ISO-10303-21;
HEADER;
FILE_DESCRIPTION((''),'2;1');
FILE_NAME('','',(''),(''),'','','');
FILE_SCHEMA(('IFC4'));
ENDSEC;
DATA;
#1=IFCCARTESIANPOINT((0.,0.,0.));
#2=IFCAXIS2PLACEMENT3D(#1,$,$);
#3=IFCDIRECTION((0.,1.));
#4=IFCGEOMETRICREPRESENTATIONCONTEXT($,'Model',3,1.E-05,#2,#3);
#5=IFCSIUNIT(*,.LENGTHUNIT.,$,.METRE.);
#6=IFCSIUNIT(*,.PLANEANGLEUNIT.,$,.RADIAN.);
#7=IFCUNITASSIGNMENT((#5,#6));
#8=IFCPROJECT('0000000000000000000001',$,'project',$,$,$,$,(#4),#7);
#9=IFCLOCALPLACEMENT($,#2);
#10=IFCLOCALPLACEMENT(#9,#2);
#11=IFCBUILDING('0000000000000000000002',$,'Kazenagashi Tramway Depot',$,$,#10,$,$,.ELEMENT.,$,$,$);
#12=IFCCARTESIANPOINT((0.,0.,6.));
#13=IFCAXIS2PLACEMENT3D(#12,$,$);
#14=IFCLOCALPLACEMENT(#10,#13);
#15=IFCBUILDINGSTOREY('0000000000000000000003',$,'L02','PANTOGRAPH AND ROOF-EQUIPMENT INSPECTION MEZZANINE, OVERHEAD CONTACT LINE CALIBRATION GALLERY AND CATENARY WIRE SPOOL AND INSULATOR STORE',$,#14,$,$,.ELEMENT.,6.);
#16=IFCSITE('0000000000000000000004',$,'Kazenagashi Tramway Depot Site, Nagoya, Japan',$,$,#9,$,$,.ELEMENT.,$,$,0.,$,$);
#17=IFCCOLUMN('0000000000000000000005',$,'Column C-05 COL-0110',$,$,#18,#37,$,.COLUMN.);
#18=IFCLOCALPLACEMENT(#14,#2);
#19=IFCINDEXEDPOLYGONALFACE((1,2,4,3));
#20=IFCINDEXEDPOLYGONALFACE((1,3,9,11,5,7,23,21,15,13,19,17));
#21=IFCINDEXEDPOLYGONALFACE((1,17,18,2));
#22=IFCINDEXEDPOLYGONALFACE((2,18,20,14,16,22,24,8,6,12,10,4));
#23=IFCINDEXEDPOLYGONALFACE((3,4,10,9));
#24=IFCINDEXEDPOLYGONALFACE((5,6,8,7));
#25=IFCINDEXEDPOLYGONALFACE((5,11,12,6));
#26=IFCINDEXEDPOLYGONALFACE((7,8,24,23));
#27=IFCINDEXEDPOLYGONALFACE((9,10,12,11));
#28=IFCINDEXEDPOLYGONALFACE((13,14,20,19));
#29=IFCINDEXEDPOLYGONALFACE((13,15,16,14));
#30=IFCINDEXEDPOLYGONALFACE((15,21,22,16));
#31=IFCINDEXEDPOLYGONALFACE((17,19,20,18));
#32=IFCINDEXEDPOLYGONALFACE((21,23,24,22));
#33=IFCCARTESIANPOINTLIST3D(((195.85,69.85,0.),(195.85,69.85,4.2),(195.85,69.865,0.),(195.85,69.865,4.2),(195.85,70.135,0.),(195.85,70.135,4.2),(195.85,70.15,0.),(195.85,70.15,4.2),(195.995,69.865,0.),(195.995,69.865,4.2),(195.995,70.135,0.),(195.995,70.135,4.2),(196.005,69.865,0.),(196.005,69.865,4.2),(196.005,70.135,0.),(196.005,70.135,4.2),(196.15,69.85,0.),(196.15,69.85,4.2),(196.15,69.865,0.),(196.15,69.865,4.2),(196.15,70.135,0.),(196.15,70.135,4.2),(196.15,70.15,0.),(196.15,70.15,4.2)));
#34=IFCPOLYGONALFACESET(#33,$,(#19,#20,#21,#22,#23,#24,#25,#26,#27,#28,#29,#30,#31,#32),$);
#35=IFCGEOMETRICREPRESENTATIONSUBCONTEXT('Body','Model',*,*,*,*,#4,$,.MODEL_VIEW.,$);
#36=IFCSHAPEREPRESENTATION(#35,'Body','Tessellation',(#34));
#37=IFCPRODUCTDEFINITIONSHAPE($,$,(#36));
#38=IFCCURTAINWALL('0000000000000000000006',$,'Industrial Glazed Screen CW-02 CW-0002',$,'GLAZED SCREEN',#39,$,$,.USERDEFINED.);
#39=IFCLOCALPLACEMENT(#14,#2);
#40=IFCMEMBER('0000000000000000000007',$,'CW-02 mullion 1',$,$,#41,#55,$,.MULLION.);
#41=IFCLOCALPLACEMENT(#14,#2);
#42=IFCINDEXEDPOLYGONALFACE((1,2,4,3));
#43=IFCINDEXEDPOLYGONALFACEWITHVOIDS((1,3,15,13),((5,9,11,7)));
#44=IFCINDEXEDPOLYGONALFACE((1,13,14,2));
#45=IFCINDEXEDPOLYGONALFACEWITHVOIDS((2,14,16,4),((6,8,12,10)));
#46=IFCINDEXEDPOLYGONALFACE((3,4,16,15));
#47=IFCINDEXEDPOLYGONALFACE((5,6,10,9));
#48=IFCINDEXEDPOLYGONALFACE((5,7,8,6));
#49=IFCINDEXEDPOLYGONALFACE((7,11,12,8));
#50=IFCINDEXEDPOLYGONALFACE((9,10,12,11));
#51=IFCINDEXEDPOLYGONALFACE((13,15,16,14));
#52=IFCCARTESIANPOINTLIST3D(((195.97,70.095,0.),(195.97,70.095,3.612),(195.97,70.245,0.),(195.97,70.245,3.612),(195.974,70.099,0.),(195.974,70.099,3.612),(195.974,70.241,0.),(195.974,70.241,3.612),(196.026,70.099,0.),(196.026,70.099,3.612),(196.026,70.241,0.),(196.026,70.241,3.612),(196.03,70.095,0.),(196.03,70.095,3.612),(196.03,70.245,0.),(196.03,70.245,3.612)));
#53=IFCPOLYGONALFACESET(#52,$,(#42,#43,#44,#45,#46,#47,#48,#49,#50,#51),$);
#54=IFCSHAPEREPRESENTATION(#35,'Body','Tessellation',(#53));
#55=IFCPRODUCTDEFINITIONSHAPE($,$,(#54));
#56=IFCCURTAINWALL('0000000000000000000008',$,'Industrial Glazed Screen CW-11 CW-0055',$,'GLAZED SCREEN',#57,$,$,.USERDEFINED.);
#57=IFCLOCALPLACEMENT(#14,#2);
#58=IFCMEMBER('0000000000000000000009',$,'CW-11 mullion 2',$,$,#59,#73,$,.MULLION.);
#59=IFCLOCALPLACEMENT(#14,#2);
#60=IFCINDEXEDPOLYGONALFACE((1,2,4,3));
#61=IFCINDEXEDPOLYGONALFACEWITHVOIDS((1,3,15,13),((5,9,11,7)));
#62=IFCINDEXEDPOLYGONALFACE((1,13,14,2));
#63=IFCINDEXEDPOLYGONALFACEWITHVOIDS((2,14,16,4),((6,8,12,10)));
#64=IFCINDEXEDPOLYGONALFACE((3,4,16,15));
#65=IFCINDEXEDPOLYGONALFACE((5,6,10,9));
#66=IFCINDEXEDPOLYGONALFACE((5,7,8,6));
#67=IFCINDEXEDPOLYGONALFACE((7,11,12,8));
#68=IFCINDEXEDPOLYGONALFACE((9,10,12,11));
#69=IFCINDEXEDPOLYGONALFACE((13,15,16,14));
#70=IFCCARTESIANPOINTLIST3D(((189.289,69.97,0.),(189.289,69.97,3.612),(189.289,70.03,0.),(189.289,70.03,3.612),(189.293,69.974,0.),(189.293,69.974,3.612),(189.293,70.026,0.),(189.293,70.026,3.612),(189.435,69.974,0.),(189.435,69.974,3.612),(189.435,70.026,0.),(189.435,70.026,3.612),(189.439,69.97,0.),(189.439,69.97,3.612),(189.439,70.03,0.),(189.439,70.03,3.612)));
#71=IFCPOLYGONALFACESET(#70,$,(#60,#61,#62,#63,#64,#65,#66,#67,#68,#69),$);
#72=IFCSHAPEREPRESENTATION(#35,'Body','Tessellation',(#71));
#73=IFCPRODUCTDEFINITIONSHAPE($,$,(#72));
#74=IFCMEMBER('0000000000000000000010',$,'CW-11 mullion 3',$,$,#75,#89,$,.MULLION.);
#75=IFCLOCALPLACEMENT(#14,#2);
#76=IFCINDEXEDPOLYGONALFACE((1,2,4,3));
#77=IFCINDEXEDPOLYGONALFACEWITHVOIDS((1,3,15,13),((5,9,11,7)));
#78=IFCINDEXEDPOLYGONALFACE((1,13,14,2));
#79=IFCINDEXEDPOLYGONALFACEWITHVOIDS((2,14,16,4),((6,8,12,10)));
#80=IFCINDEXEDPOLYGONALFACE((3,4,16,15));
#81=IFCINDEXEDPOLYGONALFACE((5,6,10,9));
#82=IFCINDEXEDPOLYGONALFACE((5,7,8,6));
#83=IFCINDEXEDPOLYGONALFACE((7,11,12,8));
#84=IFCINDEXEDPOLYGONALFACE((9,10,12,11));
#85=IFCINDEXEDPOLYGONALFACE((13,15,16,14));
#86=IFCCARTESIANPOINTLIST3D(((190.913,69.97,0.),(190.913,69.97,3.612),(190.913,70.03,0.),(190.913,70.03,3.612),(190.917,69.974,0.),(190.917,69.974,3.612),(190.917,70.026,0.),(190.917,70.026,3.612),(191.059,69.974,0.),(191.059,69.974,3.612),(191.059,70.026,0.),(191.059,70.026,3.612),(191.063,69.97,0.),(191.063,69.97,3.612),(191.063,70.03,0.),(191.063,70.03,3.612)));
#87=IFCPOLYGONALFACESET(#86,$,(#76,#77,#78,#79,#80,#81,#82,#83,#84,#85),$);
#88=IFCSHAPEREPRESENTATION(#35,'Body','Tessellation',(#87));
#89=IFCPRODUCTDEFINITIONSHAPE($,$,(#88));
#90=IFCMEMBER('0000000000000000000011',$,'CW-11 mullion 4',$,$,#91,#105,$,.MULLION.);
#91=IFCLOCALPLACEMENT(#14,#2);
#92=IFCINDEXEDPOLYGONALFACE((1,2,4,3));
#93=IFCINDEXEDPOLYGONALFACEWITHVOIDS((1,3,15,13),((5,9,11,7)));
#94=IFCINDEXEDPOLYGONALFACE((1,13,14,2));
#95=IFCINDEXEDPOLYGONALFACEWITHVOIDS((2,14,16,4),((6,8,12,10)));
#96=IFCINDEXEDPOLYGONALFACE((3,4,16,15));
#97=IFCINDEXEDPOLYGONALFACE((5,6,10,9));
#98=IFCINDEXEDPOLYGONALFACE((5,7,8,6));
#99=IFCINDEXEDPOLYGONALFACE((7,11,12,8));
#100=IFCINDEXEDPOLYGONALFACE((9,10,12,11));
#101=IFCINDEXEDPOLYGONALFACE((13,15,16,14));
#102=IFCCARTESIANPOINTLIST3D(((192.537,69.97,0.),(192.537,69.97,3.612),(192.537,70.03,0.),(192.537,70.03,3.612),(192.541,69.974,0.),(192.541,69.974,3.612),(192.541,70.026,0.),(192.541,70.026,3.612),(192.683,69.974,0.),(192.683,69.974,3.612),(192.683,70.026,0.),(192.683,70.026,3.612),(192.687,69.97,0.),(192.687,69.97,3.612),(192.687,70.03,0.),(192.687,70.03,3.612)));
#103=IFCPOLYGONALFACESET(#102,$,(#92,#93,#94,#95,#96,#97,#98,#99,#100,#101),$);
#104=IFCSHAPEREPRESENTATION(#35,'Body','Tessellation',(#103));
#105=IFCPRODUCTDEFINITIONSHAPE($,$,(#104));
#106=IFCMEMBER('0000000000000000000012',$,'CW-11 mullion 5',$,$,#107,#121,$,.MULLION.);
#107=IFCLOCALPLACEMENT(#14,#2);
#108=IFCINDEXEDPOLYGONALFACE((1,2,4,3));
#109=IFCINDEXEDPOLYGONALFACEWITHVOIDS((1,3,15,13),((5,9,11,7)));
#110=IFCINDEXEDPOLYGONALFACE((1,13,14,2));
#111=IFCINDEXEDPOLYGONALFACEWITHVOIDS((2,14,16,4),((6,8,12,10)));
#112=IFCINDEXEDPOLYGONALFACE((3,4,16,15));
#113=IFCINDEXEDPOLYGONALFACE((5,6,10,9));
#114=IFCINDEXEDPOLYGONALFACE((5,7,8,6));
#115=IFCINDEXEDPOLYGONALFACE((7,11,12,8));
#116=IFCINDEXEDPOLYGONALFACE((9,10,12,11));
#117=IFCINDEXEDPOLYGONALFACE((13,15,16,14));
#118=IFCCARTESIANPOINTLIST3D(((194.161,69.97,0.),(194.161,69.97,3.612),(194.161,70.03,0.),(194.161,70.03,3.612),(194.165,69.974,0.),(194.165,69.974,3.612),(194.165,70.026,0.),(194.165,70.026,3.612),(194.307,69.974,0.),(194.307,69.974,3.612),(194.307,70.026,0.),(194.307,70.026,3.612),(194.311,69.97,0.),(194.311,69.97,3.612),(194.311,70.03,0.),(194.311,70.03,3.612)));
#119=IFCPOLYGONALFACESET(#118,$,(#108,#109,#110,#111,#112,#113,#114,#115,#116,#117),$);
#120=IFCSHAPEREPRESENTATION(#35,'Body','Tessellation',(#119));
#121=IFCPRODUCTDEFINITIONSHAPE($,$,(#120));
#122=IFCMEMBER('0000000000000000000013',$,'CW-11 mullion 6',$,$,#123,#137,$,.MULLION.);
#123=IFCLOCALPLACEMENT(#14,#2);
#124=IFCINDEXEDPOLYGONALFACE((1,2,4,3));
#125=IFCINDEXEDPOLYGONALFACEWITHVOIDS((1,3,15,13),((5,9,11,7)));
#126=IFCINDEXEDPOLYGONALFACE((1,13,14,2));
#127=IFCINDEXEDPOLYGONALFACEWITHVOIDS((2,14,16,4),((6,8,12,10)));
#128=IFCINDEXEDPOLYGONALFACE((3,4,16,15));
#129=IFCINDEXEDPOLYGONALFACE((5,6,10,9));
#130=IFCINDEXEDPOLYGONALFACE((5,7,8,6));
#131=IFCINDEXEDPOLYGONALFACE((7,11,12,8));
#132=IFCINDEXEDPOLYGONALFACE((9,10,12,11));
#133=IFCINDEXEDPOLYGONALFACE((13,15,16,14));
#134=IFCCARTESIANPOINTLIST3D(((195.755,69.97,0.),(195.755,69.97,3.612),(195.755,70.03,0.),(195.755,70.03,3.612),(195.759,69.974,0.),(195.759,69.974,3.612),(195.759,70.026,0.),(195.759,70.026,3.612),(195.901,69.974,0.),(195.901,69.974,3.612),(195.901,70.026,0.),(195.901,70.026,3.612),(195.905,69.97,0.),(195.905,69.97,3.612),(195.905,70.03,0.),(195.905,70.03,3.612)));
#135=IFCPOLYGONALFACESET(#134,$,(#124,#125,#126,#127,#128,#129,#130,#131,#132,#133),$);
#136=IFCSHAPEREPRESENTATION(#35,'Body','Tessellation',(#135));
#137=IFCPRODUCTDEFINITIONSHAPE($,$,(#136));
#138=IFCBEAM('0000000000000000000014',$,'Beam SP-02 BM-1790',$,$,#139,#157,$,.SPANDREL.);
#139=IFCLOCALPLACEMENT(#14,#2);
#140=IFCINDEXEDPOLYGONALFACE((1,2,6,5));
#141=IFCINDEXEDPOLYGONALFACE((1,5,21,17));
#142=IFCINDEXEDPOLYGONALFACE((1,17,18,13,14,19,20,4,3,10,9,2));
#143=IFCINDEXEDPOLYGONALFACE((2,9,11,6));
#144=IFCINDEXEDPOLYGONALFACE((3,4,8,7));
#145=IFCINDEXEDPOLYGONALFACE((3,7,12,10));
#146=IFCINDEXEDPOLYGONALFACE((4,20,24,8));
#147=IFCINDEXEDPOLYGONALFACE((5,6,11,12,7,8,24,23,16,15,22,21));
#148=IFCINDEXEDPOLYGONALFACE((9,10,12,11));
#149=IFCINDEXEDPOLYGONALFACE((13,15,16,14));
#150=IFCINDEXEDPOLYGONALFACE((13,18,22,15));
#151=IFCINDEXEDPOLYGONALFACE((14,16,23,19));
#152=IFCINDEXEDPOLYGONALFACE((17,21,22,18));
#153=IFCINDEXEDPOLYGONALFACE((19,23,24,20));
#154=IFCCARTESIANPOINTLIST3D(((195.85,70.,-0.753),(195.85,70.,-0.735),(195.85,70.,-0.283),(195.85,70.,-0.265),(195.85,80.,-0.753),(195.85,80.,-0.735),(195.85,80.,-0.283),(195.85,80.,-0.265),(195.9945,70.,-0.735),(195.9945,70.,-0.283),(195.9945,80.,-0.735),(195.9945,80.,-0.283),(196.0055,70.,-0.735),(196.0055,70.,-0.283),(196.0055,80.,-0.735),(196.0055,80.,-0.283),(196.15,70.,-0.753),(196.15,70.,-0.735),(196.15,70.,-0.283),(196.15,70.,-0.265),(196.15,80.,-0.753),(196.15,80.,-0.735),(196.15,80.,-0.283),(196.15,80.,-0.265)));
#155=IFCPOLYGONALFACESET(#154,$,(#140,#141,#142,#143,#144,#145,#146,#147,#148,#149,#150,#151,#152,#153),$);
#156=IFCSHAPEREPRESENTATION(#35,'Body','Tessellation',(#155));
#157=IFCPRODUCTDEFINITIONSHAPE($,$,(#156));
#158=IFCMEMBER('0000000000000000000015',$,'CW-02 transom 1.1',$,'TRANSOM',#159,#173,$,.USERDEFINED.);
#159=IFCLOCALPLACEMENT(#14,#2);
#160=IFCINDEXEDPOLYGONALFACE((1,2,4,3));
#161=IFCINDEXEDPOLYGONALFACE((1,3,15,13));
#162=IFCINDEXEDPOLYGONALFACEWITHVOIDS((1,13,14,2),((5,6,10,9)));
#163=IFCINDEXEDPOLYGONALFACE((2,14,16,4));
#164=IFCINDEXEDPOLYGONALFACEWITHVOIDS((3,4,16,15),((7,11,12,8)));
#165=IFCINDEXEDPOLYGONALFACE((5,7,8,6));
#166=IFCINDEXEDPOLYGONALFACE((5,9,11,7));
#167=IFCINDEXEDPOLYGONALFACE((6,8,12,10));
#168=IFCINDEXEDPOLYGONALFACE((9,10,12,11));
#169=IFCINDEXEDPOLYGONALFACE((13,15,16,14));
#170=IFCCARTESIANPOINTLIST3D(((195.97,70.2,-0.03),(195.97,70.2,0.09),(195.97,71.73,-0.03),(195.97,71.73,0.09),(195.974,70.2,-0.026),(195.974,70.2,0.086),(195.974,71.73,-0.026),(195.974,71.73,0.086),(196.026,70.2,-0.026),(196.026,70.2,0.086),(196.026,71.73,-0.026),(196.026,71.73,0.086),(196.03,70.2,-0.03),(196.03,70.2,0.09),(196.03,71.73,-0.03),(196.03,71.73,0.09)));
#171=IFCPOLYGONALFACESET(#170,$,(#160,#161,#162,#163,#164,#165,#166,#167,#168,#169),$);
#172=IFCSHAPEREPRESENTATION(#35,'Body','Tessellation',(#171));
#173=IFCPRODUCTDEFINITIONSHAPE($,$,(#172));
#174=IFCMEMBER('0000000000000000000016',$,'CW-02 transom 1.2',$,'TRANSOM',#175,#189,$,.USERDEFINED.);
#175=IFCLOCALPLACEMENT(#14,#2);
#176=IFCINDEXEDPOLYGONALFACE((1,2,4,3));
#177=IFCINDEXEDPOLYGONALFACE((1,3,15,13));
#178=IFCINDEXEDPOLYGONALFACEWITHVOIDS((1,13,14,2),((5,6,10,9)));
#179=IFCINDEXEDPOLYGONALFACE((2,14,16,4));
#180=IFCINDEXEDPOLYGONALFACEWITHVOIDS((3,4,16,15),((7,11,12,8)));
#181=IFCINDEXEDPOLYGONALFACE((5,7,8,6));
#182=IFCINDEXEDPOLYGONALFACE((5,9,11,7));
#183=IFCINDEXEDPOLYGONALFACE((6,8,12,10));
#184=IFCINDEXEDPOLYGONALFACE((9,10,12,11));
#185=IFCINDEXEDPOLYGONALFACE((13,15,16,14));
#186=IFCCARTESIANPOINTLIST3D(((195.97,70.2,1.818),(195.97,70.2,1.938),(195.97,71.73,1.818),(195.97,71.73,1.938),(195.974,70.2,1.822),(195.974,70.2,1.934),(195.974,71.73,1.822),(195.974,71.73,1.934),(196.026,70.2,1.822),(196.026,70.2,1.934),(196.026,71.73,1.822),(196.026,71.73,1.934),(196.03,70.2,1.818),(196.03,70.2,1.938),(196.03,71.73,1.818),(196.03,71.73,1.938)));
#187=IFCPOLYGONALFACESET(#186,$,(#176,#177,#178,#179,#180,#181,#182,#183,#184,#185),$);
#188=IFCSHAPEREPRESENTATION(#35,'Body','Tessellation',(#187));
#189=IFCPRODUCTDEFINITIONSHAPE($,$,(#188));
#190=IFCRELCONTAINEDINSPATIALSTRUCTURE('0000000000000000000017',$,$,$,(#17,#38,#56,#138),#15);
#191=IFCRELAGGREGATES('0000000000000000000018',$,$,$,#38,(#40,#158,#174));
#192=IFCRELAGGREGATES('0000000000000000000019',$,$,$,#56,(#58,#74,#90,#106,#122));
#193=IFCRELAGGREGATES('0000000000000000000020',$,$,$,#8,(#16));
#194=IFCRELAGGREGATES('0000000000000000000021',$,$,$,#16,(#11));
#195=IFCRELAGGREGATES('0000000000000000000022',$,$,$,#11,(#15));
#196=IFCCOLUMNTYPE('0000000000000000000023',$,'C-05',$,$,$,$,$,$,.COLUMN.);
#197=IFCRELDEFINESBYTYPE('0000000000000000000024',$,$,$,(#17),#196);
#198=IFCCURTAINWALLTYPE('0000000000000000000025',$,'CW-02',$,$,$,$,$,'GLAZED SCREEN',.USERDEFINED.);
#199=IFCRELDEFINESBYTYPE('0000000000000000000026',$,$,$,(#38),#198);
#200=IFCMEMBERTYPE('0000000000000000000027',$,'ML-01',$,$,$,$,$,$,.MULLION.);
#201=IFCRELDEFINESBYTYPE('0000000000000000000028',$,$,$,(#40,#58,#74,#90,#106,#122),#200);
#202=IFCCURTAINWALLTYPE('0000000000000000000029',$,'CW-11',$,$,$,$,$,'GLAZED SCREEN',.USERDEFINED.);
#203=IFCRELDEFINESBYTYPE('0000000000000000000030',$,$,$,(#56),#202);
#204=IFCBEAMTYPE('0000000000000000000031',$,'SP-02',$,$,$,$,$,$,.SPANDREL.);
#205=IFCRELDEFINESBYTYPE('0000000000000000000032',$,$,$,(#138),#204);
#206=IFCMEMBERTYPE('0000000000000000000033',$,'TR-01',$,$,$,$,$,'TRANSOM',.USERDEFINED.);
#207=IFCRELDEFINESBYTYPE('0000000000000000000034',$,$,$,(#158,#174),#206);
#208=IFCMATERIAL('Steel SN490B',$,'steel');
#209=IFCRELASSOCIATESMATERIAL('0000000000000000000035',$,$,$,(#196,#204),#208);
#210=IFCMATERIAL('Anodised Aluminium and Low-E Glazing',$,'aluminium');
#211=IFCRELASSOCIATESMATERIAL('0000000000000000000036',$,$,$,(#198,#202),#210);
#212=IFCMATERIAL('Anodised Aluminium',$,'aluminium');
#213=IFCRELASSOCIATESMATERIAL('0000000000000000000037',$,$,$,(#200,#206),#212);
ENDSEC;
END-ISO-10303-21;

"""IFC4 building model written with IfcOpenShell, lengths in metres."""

from ifc_helpers import new_model, si_unit, direction, frame, origin, origin_2d, place, context, subcontext, project, spatial, hollow_rectangle, i_section, extrude, material, material_profile, profile_set, type_object, element, aggregate, save


model = new_model("IFC4")

# Units and contexts
model_context = context("Model", 3, precision=1e-05, world=origin(), true_north=direction((0.0, 1.0)))
body_context = subcontext(model_context, "Body", "Model", "MODEL_VIEW")
ifc_project = project(units=[si_unit("LENGTHUNIT", "METRE"), si_unit("PLANEANGLEUNIT", "RADIAN")], contexts=[model_context])

# Site, building, storey
site_placement = place(None, origin())
site = spatial("IfcSite", under=ifc_project, at=site_placement, Name="Kazenagashi Tramway Depot Site, Nagoya, Japan", CompositionType="ELEMENT", RefElevation=0.0)
building_placement = place(site_placement, origin())
building = spatial("IfcBuilding", under=site, at=building_placement, Name="Kazenagashi Tramway Depot", CompositionType="ELEMENT")
storey_placement = place(building_placement, frame((0.0, 0.0, 6.0)))
storey = spatial("IfcBuildingStorey", under=building, at=storey_placement, Name="L02", Description="PANTOGRAPH AND ROOF-EQUIPMENT INSPECTION MEZZANINE, OVERHEAD CONTACT LINE CALIBRATION GALLERY AND CATENARY WIRE SPOOL AND INSULATOR STORE", CompositionType="ELEMENT", Elevation=6.0)

# Column
ifc_material_1 = material(Name="Steel SN490B", Category="steel")
ifc_material_profile_1 = material_profile(ifc_material_1, i_section(OverallWidth=0.3, OverallDepth=0.3, WebThickness=0.01, FlangeThickness=0.015, at=origin_2d()), Name="H-300x300x10x15")
ifc_profile_set_1 = profile_set([ifc_material_profile_1], Name="Steel SN490B")
column_type = type_object("IfcColumnType", Name="C-05", PredefinedType="COLUMN", material=ifc_profile_set_1)
column_placement = place(storey_placement, frame((196.0, 70.0, 0.0), z_axis=(0.0, 0.0, 1.0), x_axis=(1.0, 0.0, 0.0)))
element("IfcColumn", 1, at=column_placement, inside=storey, type_object=column_type, Name="Column C-05 COL-0110", PredefinedType="COLUMN", context=body_context, shape_type="SweptSolid", body=[
    extrude(i_section(OverallWidth=0.3, OverallDepth=0.3, WebThickness=0.01, FlangeThickness=0.015, at=origin_2d()), origin(), (0.0, 0.0, 1.0), 4.2),
])

# Curtain wall, member
ifc_material_2 = material(Name="Anodised Aluminium and Low-E Glazing", Category="aluminium")
curtain_wall_type_1 = type_object("IfcCurtainWallType", Name="CW-02", ElementType="GLAZED SCREEN", PredefinedType="USERDEFINED", material=ifc_material_2)
curtain_wall_1_placement = place(storey_placement, origin())
curtain_wall_1 = element("IfcCurtainWall", 2, at=curtain_wall_1_placement, inside=storey, type_object=curtain_wall_type_1, Name="Industrial Glazed Screen CW-02 CW-0002", ObjectType="GLAZED SCREEN", PredefinedType="USERDEFINED")
ifc_material_3 = material(Name="Anodised Aluminium", Category="aluminium")
ifc_material_profile_2 = material_profile(ifc_material_3, hollow_rectangle(XDim=0.06, YDim=0.15, WallThickness=0.004, at=origin_2d()), Name="RHS-150x60x4")
ifc_profile_set_2 = profile_set([ifc_material_profile_2], Name="Anodised Aluminium")
member_type_1 = type_object("IfcMemberType", Name="ML-01", PredefinedType="MULLION", material=ifc_profile_set_2)
member_1_placement = place(storey_placement, frame((196.0, 70.17, 0.0), z_axis=(0.0, 0.0, 1.0), x_axis=(-1.0, 0.0, 0.0)))
member_1 = element("IfcMember", 3, at=member_1_placement, type_object=member_type_1, Name="CW-02 mullion 1", PredefinedType="MULLION", context=body_context, shape_type="SweptSolid", body=[
    extrude(hollow_rectangle(XDim=0.06, YDim=0.15, WallThickness=0.004, at=origin_2d()), origin(), (0.0, 0.0, 1.0), 3.612),
])

# Curtain wall, members
curtain_wall_type_2 = type_object("IfcCurtainWallType", Name="CW-11", ElementType="GLAZED SCREEN", PredefinedType="USERDEFINED", material=ifc_material_2)
curtain_wall_2_placement = place(storey_placement, origin())
curtain_wall_2 = element("IfcCurtainWall", 4, at=curtain_wall_2_placement, inside=storey, type_object=curtain_wall_type_2, Name="Industrial Glazed Screen CW-11 CW-0055", ObjectType="GLAZED SCREEN", PredefinedType="USERDEFINED")
member_2_placement = place(storey_placement, frame((189.364, 70.0, 0.0), z_axis=(0.0, 0.0, 1.0), x_axis=(0.0, 1.0, 0.0)))
member_2 = element("IfcMember", 5, at=member_2_placement, type_object=member_type_1, Name="CW-11 mullion 2", PredefinedType="MULLION", context=body_context, shape_type="SweptSolid", body=[
    extrude(hollow_rectangle(XDim=0.06, YDim=0.15, WallThickness=0.004, at=origin_2d()), origin(), (0.0, 0.0, 1.0), 3.612),
])
member_3_placement = place(storey_placement, frame((190.988, 70.0, 0.0), z_axis=(0.0, 0.0, 1.0), x_axis=(0.0, 1.0, 0.0)))
member_3 = element("IfcMember", 6, at=member_3_placement, type_object=member_type_1, Name="CW-11 mullion 3", PredefinedType="MULLION", context=body_context, shape_type="SweptSolid", body=[
    extrude(hollow_rectangle(XDim=0.06, YDim=0.15, WallThickness=0.004, at=origin_2d()), origin(), (0.0, 0.0, 1.0), 3.612),
])
member_4_placement = place(storey_placement, frame((192.612, 70.0, 0.0), z_axis=(0.0, 0.0, 1.0), x_axis=(0.0, 1.0, 0.0)))
member_4 = element("IfcMember", 7, at=member_4_placement, type_object=member_type_1, Name="CW-11 mullion 4", PredefinedType="MULLION", context=body_context, shape_type="SweptSolid", body=[
    extrude(hollow_rectangle(XDim=0.06, YDim=0.15, WallThickness=0.004, at=origin_2d()), origin(), (0.0, 0.0, 1.0), 3.612),
])
member_5_placement = place(storey_placement, frame((194.236, 70.0, 0.0), z_axis=(0.0, 0.0, 1.0), x_axis=(0.0, 1.0, 0.0)))
member_5 = element("IfcMember", 8, at=member_5_placement, type_object=member_type_1, Name="CW-11 mullion 5", PredefinedType="MULLION", context=body_context, shape_type="SweptSolid", body=[
    extrude(hollow_rectangle(XDim=0.06, YDim=0.15, WallThickness=0.004, at=origin_2d()), origin(), (0.0, 0.0, 1.0), 3.612),
])
member_6_placement = place(storey_placement, frame((195.83, 70.0, 0.0), z_axis=(0.0, 0.0, 1.0), x_axis=(0.0, 1.0, 0.0)))
member_6 = element("IfcMember", 9, at=member_6_placement, type_object=member_type_1, Name="CW-11 mullion 6", PredefinedType="MULLION", context=body_context, shape_type="SweptSolid", body=[
    extrude(hollow_rectangle(XDim=0.06, YDim=0.15, WallThickness=0.004, at=origin_2d()), origin(), (0.0, 0.0, 1.0), 3.612),
])

# Beam
ifc_material_profile_3 = material_profile(ifc_material_1, i_section(OverallWidth=0.3, OverallDepth=0.488, WebThickness=0.011, FlangeThickness=0.018, at=origin_2d()), Name="H-488x300x11x18")
ifc_profile_set_3 = profile_set([ifc_material_profile_3], Name="Steel SN490B")
beam_type = type_object("IfcBeamType", Name="SP-02", PredefinedType="SPANDREL", material=ifc_profile_set_3)
beam_placement = place(storey_placement, frame((196.0, 70.0, -0.509), z_axis=(0.0, 1.0, 0.0), x_axis=(-1.0, 0.0, 0.0)))
element("IfcBeam", 10, at=beam_placement, inside=storey, type_object=beam_type, Name="Beam SP-02 BM-1790", PredefinedType="SPANDREL", context=body_context, shape_type="SweptSolid", body=[
    extrude(i_section(OverallWidth=0.3, OverallDepth=0.488, WebThickness=0.011, FlangeThickness=0.018, at=origin_2d()), origin(), (0.0, 0.0, 1.0), 10.0),
])

# Members
ifc_material_profile_4 = material_profile(ifc_material_3, hollow_rectangle(XDim=0.06, YDim=0.12, WallThickness=0.004, at=origin_2d()), Name="RHS-120x60x4")
ifc_profile_set_4 = profile_set([ifc_material_profile_4], Name="Anodised Aluminium")
member_type_2 = type_object("IfcMemberType", Name="TR-01", ElementType="TRANSOM", PredefinedType="USERDEFINED", material=ifc_profile_set_4)
member_7_placement = place(storey_placement, frame((196.0, 70.2, 0.03), z_axis=(0.0, 1.0, 0.0), x_axis=(-1.0, 0.0, 0.0)))
member_7 = element("IfcMember", 11, at=member_7_placement, type_object=member_type_2, Name="CW-02 transom 1.1", ObjectType="TRANSOM", PredefinedType="USERDEFINED", context=body_context, shape_type="SweptSolid", body=[
    extrude(hollow_rectangle(XDim=0.06, YDim=0.12, WallThickness=0.004, at=origin_2d()), origin(), (0.0, 0.0, 1.0), 1.53),
])
member_8_placement = place(storey_placement, frame((196.0, 70.2, 1.878), z_axis=(0.0, 1.0, 0.0), x_axis=(-1.0, 0.0, 0.0)))
member_8 = element("IfcMember", 12, at=member_8_placement, type_object=member_type_2, Name="CW-02 transom 1.2", ObjectType="TRANSOM", PredefinedType="USERDEFINED", context=body_context, shape_type="SweptSolid", body=[
    extrude(hollow_rectangle(XDim=0.06, YDim=0.12, WallThickness=0.004, at=origin_2d()), origin(), (0.0, 0.0, 1.0), 1.53),
])
aggregate(curtain_wall_1, [member_1, member_7, member_8])

aggregate(curtain_wall_2, [member_2, member_3, member_4, member_5, member_6])

save(model, "model.ifc")
